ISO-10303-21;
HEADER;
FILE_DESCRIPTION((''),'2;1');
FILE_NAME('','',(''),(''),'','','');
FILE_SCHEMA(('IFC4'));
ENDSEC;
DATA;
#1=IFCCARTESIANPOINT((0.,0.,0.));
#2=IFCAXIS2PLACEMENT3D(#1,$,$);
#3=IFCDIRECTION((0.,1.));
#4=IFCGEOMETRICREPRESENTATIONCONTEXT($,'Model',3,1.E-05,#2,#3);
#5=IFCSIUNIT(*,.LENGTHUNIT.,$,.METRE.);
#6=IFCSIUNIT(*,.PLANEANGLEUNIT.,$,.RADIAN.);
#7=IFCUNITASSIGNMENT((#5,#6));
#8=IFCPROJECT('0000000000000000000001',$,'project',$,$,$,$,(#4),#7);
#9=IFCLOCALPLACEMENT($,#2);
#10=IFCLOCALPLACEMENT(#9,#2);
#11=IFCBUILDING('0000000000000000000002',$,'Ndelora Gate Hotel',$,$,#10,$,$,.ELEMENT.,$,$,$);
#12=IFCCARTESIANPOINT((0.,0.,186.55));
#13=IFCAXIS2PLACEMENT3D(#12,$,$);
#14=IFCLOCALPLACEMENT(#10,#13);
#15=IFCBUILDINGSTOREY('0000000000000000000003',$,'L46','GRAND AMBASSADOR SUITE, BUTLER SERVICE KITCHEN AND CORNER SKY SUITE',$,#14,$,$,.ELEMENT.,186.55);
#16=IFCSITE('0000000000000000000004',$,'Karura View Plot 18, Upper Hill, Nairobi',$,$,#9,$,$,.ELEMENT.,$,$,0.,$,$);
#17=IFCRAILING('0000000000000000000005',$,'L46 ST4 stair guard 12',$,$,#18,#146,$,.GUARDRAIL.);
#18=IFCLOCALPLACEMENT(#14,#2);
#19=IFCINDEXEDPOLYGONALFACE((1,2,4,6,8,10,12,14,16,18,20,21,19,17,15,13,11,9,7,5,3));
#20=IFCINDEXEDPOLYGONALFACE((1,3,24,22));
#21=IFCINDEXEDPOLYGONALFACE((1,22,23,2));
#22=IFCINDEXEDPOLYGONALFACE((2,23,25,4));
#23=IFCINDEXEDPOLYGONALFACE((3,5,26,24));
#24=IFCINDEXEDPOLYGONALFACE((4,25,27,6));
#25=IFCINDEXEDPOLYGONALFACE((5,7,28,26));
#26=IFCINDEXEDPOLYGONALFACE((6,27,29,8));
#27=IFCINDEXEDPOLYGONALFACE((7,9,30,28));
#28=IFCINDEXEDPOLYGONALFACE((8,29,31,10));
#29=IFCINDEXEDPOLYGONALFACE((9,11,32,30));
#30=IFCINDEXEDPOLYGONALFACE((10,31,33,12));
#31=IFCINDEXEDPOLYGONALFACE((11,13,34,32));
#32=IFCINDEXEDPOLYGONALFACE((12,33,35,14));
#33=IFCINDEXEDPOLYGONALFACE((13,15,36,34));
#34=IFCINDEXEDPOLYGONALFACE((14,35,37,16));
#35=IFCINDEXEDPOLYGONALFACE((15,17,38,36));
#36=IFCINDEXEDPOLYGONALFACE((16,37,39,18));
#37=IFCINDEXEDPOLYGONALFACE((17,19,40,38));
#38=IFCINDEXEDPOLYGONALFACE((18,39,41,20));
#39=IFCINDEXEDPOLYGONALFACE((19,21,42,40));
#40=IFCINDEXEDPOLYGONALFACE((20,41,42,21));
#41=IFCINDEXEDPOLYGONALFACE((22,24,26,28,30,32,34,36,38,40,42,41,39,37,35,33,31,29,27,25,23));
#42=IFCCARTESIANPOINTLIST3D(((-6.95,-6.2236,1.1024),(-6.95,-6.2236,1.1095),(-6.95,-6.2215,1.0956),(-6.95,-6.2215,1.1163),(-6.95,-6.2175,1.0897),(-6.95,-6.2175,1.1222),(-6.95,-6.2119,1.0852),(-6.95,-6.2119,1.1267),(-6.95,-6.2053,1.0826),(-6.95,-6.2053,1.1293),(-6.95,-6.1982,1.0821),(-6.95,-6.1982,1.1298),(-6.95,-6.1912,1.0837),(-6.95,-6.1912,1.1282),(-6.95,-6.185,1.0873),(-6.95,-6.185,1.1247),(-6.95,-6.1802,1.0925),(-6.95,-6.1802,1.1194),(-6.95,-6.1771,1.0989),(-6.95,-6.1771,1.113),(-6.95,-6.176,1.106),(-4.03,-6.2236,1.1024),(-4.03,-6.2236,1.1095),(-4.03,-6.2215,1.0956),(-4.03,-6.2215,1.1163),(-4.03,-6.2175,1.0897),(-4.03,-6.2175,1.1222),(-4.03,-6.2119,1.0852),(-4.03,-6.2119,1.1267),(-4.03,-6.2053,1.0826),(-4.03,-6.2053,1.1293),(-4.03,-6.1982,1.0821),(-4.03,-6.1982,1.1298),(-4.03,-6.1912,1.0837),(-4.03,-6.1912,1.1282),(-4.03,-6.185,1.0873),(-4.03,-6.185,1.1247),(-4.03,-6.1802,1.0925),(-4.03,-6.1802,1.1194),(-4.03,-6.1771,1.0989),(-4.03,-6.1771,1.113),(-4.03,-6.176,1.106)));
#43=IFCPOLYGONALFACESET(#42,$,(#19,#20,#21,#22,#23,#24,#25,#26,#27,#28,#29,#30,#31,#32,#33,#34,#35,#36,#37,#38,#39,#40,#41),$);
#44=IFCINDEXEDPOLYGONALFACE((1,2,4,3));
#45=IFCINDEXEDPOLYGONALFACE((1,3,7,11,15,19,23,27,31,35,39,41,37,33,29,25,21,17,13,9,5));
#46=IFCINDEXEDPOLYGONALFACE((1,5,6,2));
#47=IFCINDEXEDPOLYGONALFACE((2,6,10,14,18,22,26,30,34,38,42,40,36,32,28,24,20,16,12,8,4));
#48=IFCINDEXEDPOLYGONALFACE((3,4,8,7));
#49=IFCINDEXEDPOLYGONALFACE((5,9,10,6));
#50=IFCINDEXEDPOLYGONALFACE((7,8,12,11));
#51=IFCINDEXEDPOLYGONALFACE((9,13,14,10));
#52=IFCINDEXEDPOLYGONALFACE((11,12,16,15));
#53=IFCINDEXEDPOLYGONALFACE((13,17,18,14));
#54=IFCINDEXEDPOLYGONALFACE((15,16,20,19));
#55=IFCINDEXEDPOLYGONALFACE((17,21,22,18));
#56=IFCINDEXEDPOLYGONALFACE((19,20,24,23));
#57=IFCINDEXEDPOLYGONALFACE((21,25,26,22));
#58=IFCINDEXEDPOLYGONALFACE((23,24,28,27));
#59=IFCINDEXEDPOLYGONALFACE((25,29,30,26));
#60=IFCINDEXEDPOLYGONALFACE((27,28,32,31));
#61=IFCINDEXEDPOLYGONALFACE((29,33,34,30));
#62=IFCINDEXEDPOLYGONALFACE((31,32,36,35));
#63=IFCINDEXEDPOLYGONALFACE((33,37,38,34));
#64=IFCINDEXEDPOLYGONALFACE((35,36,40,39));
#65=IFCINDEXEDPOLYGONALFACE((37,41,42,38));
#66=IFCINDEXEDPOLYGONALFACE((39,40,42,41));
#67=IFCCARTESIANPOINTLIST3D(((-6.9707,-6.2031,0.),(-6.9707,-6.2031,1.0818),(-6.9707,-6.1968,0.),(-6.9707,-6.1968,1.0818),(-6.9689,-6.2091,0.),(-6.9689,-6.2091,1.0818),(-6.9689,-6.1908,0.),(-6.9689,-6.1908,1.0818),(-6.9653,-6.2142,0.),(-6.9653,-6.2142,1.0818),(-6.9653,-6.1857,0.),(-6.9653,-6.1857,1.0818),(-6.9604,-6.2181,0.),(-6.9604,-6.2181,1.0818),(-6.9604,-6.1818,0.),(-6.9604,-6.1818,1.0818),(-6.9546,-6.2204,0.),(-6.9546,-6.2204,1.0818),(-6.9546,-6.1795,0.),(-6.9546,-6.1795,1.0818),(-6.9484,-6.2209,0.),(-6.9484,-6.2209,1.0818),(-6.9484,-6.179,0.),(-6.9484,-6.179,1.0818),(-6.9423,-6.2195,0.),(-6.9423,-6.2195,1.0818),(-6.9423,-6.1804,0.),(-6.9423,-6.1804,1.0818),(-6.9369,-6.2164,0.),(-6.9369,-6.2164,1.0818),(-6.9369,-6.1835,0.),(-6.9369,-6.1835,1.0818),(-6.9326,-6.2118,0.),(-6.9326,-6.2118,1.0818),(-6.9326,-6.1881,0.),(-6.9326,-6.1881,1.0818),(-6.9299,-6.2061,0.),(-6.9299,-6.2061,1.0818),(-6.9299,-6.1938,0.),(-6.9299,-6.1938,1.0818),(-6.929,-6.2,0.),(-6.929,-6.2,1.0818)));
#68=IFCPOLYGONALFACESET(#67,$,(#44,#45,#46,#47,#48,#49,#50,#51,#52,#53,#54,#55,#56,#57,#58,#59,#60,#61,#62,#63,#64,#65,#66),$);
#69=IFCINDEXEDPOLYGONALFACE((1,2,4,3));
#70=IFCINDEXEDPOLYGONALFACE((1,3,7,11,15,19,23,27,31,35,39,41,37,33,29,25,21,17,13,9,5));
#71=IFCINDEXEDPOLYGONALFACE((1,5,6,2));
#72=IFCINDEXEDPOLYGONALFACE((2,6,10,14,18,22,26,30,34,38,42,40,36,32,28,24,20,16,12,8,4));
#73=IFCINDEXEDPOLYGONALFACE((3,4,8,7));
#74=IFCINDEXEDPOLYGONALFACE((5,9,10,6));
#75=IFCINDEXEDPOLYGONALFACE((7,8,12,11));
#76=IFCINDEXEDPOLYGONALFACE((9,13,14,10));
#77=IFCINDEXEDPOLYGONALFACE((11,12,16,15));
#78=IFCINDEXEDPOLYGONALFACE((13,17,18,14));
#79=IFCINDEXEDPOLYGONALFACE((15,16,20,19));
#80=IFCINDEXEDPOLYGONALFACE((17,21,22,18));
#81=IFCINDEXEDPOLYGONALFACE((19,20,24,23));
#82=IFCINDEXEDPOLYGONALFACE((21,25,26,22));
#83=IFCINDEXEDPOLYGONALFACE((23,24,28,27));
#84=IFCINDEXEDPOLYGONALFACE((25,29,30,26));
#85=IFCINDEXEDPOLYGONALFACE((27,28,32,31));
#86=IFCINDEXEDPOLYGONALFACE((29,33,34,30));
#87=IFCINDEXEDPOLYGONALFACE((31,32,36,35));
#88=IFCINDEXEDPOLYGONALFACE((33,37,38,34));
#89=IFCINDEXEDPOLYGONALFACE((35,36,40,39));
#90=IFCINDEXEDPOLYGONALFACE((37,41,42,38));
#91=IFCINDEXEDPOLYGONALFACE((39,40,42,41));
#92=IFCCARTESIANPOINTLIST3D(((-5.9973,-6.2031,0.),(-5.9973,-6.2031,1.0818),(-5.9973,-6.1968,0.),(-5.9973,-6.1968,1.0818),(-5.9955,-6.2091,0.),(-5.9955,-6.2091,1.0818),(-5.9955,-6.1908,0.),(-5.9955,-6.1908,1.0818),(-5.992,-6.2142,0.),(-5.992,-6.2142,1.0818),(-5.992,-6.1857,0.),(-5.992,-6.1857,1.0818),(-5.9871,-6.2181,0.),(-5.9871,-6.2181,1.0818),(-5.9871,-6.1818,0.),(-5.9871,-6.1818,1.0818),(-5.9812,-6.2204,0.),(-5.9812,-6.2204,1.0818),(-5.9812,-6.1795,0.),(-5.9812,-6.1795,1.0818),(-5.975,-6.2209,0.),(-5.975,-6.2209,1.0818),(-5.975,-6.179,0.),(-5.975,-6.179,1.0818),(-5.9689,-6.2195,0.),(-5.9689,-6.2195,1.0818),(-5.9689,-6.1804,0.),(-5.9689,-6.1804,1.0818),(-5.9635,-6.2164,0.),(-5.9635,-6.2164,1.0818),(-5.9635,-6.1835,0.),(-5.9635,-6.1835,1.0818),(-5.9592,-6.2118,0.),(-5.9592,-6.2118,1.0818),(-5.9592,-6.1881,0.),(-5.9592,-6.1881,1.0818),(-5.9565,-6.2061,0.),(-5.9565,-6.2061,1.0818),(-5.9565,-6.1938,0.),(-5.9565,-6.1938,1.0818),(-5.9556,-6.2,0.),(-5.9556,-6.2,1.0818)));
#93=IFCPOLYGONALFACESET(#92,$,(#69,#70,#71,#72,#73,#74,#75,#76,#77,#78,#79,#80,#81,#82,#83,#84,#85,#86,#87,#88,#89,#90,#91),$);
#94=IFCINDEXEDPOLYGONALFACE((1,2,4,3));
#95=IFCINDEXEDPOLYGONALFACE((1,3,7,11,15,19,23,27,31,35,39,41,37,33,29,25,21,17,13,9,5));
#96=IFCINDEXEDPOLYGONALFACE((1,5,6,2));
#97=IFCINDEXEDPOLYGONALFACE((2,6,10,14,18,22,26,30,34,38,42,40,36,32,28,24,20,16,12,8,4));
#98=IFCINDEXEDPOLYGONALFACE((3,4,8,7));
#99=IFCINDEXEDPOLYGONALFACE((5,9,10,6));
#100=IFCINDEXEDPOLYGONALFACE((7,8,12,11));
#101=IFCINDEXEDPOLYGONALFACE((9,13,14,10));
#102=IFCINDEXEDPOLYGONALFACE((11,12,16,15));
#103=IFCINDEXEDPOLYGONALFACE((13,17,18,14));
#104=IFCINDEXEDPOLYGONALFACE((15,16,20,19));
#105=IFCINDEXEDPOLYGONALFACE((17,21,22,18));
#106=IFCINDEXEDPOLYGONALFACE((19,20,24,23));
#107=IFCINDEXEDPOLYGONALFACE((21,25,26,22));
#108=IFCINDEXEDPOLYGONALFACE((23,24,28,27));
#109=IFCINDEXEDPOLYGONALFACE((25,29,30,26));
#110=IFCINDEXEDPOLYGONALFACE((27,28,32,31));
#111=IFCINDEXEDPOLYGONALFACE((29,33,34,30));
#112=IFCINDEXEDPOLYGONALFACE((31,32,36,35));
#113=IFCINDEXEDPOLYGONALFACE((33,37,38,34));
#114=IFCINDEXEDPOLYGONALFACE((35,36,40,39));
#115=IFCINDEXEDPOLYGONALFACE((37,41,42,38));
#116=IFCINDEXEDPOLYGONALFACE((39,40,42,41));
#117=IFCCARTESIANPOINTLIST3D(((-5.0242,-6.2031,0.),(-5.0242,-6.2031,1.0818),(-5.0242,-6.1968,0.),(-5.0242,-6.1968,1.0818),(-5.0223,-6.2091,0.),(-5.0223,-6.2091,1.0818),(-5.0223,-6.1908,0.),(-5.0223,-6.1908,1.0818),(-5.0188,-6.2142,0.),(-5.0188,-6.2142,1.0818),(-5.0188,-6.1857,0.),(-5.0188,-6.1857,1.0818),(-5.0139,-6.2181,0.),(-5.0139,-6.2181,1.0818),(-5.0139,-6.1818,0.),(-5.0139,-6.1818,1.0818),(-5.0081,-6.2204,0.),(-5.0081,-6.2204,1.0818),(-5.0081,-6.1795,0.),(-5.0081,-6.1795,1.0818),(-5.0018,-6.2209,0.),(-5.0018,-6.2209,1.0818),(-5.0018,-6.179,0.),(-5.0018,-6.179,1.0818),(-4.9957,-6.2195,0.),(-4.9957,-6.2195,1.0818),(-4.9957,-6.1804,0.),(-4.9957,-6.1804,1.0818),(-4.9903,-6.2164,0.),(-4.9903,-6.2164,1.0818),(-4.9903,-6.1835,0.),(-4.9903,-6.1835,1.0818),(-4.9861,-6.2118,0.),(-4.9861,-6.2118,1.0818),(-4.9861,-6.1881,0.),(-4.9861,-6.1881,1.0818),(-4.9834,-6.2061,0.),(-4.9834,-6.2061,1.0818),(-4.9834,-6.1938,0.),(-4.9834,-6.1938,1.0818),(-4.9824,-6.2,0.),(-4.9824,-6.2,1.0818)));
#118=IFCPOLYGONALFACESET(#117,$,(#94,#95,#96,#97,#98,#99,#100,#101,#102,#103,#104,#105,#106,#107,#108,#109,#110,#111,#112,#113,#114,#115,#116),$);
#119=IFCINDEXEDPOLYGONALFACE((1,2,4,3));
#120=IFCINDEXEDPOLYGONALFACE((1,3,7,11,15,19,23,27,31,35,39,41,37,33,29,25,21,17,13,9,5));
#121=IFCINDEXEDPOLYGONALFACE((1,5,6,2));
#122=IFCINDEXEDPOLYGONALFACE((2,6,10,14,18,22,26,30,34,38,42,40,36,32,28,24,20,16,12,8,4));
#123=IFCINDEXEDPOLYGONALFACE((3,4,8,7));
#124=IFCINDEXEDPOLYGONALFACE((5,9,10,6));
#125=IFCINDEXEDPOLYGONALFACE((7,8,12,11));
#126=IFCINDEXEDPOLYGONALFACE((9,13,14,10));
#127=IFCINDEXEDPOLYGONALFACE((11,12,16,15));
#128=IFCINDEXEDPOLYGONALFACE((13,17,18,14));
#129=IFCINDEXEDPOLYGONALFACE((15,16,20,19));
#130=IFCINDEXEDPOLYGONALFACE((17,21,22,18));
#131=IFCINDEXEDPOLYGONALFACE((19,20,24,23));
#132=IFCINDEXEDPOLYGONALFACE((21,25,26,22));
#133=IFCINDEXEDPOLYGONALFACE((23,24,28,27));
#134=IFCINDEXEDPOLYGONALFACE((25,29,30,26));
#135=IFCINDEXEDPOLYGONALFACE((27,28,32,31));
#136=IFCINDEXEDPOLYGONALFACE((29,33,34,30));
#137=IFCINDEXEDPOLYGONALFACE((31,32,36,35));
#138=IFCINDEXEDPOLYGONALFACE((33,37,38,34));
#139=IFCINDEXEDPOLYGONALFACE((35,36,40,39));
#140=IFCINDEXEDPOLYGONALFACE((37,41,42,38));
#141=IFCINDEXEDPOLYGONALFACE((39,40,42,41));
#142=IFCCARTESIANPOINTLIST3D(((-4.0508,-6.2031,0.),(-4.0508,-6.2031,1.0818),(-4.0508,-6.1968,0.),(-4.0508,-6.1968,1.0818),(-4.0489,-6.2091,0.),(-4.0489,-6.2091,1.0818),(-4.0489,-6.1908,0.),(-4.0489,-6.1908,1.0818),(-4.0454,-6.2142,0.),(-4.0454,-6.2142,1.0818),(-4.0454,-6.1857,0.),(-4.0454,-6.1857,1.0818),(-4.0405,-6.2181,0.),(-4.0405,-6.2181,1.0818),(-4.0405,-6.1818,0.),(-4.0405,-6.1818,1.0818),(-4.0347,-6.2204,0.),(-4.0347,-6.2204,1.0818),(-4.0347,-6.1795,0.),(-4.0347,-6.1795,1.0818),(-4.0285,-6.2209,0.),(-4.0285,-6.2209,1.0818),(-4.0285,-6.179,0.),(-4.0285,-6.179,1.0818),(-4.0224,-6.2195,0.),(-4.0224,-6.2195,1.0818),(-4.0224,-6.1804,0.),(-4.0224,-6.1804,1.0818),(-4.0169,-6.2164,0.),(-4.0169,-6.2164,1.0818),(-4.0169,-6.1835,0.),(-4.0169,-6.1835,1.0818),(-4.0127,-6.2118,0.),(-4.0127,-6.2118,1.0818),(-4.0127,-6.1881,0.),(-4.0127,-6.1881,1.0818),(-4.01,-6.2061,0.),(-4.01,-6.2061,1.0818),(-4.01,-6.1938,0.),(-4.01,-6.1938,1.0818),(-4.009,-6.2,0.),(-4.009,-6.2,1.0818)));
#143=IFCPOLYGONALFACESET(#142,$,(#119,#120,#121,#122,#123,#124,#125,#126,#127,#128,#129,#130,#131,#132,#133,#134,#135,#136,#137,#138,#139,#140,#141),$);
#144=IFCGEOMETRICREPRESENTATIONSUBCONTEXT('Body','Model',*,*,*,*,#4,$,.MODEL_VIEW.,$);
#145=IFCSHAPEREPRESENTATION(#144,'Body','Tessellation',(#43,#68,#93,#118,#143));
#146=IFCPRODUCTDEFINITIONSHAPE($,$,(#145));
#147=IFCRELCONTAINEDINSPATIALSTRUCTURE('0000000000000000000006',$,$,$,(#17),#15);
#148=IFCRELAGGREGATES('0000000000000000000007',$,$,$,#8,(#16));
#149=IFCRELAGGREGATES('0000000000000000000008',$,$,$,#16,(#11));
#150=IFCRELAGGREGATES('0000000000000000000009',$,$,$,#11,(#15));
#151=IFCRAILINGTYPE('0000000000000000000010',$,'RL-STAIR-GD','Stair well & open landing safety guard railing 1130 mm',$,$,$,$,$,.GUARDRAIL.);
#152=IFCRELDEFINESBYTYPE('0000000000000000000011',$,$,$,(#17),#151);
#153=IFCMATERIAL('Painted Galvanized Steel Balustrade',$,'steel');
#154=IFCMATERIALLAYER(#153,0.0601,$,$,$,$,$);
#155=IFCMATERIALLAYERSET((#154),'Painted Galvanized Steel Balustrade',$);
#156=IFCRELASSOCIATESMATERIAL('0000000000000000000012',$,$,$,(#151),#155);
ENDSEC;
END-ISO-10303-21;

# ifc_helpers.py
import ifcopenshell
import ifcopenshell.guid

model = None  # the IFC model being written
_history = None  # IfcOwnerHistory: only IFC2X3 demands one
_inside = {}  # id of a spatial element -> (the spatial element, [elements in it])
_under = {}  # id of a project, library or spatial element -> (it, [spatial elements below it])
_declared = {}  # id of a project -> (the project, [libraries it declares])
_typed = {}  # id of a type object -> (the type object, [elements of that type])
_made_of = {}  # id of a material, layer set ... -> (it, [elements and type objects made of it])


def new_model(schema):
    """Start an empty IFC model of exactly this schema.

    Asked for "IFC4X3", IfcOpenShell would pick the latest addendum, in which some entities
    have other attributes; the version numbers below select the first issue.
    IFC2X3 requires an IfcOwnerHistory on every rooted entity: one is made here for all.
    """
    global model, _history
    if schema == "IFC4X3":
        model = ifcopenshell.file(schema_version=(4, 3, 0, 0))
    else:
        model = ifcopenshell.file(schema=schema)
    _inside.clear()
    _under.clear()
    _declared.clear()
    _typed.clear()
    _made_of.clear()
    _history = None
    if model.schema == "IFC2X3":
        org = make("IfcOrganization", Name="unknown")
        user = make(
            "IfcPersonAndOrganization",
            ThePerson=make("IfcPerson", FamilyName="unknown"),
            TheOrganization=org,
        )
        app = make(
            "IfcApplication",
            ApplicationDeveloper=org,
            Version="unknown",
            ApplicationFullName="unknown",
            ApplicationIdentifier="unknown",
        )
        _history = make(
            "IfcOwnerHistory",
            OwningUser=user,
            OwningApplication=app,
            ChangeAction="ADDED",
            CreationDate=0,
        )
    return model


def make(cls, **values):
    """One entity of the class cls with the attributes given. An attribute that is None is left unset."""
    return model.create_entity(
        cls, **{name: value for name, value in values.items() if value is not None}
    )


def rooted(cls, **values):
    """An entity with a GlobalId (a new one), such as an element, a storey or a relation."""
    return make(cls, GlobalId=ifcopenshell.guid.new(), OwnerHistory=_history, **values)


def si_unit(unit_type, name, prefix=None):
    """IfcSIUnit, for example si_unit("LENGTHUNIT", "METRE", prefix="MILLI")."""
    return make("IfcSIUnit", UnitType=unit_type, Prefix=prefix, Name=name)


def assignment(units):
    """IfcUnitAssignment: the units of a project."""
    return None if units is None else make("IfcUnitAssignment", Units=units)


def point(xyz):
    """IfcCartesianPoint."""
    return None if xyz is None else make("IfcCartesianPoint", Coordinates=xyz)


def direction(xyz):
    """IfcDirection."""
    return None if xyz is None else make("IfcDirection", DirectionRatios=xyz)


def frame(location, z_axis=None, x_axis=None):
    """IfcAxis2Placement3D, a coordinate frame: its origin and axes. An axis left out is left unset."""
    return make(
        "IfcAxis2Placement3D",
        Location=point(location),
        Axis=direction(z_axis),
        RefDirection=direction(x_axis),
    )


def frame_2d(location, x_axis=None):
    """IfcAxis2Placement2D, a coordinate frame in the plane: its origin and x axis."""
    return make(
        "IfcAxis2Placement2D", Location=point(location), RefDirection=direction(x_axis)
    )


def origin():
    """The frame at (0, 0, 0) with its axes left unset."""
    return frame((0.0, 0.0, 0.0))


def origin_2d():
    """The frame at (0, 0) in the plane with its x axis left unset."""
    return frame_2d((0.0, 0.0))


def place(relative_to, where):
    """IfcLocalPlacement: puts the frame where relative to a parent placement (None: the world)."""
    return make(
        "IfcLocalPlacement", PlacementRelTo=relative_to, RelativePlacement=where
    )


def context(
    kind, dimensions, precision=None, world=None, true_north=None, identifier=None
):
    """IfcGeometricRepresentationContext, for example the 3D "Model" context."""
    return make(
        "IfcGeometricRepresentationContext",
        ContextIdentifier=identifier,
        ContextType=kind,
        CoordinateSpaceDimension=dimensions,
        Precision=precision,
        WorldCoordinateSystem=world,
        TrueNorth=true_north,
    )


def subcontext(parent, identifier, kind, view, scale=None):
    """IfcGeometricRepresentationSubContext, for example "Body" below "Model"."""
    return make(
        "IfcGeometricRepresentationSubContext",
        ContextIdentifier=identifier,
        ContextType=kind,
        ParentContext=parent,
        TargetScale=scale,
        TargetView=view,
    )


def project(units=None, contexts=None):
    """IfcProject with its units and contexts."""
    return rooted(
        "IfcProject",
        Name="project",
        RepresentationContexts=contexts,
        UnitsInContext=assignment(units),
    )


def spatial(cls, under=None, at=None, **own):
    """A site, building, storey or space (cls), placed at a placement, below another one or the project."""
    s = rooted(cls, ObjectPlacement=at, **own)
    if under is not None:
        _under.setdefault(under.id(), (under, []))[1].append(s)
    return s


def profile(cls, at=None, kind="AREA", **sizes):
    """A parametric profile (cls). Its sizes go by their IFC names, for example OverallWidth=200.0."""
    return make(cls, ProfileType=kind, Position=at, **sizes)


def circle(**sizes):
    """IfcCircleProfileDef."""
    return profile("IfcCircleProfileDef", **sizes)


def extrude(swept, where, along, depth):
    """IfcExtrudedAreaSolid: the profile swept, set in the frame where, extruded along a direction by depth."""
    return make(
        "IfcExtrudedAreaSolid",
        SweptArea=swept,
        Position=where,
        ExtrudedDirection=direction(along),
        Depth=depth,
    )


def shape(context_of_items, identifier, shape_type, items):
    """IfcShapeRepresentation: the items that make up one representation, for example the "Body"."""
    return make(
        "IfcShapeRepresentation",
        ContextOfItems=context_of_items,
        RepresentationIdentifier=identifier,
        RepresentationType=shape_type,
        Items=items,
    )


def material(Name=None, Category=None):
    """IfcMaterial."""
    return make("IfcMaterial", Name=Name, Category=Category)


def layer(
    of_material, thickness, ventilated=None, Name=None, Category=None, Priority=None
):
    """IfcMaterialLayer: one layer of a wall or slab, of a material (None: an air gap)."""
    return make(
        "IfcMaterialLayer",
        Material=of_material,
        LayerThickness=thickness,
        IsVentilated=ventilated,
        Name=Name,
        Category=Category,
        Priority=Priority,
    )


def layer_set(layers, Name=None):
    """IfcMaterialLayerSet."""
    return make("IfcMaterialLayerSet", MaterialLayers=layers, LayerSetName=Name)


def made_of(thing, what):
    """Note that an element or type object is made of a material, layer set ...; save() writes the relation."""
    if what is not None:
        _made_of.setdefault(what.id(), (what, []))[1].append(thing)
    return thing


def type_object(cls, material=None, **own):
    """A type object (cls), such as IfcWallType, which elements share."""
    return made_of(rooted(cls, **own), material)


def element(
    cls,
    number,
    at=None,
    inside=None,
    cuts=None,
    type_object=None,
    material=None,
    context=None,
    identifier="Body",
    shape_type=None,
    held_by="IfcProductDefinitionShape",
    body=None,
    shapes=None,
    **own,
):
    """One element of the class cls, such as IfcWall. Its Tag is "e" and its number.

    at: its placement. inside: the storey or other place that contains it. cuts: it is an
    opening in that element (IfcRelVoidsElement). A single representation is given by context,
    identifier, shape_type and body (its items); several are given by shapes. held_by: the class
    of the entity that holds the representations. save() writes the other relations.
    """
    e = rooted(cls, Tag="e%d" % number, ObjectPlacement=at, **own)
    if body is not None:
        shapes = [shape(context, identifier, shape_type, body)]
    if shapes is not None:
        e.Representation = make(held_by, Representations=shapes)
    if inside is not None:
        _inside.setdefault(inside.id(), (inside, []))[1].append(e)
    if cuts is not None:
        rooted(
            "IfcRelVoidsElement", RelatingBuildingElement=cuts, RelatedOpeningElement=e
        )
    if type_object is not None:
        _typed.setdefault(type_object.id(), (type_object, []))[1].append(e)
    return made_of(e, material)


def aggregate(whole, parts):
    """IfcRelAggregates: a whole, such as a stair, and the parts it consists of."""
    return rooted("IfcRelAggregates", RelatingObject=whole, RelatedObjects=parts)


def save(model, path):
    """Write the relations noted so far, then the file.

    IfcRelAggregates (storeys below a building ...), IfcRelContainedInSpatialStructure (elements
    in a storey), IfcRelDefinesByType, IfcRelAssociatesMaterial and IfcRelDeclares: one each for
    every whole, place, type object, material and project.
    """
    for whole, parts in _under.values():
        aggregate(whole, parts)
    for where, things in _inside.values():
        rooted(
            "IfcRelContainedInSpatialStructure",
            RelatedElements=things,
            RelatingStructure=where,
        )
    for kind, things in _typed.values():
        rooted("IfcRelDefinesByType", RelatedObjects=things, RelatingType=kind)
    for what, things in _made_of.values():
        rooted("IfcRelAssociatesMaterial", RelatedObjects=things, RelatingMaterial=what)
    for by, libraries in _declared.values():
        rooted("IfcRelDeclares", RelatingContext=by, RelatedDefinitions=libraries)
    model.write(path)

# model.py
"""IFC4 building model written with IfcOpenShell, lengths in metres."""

from ifc_helpers import new_model, si_unit, direction, frame, origin, origin_2d, place, context, subcontext, project, spatial, circle, extrude, material, layer, layer_set, type_object, element, save


model = new_model("IFC4")

# Units and contexts
model_context = context("Model", 3, precision=1e-05, world=origin(), true_north=direction((0.0, 1.0)))
body_context = subcontext(model_context, "Body", "Model", "MODEL_VIEW")
ifc_project = project(units=[si_unit("LENGTHUNIT", "METRE"), si_unit("PLANEANGLEUNIT", "RADIAN")], contexts=[model_context])

# Site, building, storey
site_placement = place(None, origin())
site = spatial("IfcSite", under=ifc_project, at=site_placement, Name="Karura View Plot 18, Upper Hill, Nairobi", CompositionType="ELEMENT", RefElevation=0.0)
building_placement = place(site_placement, origin())
building = spatial("IfcBuilding", under=site, at=building_placement, Name="Ndelora Gate Hotel", CompositionType="ELEMENT")
storey_placement = place(building_placement, frame((0.0, 0.0, 186.55)))
storey = spatial("IfcBuildingStorey", under=building, at=storey_placement, Name="L46", Description="GRAND AMBASSADOR SUITE, BUTLER SERVICE KITCHEN AND CORNER SKY SUITE", CompositionType="ELEMENT", Elevation=186.55)

# Railing
ifc_material_1 = material(Name="Painted Galvanized Steel Balustrade", Category="steel")
ifc_layer_1 = layer(ifc_material_1, 0.0601)
ifc_layer_set_1 = layer_set([ifc_layer_1], Name="Painted Galvanized Steel Balustrade")
railing_type_1 = type_object("IfcRailingType", Name="RL-STAIR-GD", Description="Stair well & open landing safety guard railing 1130 mm", PredefinedType="GUARDRAIL", material=ifc_layer_set_1)
railing_1_placement = place(storey_placement, frame((-6.95, -6.2, 0.0)))
element("IfcRailing", 1, at=railing_1_placement, inside=storey, type_object=railing_type_1, Name="L46 ST4 stair guard 12", PredefinedType="GUARDRAIL", context=body_context, shape_type="SweptSolid", body=[
    extrude(circle(Radius=0.0239, at=origin_2d()), frame((0.0, 0.0, 1.106), z_axis=(1.0, 0.0, 0.0), x_axis=(0.0, 1.0, 0.0)), (0.0, 0.0, 1.0), 2.9199),
    extrude(circle(Radius=0.021, at=origin_2d()), origin(), (0.0, 0.0, 1.0), 1.0818),
    extrude(circle(Radius=0.021, at=origin_2d()), frame((0.9734, 0.0, 0.0)), (0.0, 0.0, 1.0), 1.0818),
    extrude(circle(Radius=0.021, at=origin_2d()), frame((1.9465, 0.0, 0.0)), (0.0, 0.0, 1.0), 1.0818),
    extrude(circle(Radius=0.021, at=origin_2d()), frame((2.9199, 0.0, 0.0)), (0.0, 0.0, 1.0), 1.0818),
])

save(model, "model.ifc")
